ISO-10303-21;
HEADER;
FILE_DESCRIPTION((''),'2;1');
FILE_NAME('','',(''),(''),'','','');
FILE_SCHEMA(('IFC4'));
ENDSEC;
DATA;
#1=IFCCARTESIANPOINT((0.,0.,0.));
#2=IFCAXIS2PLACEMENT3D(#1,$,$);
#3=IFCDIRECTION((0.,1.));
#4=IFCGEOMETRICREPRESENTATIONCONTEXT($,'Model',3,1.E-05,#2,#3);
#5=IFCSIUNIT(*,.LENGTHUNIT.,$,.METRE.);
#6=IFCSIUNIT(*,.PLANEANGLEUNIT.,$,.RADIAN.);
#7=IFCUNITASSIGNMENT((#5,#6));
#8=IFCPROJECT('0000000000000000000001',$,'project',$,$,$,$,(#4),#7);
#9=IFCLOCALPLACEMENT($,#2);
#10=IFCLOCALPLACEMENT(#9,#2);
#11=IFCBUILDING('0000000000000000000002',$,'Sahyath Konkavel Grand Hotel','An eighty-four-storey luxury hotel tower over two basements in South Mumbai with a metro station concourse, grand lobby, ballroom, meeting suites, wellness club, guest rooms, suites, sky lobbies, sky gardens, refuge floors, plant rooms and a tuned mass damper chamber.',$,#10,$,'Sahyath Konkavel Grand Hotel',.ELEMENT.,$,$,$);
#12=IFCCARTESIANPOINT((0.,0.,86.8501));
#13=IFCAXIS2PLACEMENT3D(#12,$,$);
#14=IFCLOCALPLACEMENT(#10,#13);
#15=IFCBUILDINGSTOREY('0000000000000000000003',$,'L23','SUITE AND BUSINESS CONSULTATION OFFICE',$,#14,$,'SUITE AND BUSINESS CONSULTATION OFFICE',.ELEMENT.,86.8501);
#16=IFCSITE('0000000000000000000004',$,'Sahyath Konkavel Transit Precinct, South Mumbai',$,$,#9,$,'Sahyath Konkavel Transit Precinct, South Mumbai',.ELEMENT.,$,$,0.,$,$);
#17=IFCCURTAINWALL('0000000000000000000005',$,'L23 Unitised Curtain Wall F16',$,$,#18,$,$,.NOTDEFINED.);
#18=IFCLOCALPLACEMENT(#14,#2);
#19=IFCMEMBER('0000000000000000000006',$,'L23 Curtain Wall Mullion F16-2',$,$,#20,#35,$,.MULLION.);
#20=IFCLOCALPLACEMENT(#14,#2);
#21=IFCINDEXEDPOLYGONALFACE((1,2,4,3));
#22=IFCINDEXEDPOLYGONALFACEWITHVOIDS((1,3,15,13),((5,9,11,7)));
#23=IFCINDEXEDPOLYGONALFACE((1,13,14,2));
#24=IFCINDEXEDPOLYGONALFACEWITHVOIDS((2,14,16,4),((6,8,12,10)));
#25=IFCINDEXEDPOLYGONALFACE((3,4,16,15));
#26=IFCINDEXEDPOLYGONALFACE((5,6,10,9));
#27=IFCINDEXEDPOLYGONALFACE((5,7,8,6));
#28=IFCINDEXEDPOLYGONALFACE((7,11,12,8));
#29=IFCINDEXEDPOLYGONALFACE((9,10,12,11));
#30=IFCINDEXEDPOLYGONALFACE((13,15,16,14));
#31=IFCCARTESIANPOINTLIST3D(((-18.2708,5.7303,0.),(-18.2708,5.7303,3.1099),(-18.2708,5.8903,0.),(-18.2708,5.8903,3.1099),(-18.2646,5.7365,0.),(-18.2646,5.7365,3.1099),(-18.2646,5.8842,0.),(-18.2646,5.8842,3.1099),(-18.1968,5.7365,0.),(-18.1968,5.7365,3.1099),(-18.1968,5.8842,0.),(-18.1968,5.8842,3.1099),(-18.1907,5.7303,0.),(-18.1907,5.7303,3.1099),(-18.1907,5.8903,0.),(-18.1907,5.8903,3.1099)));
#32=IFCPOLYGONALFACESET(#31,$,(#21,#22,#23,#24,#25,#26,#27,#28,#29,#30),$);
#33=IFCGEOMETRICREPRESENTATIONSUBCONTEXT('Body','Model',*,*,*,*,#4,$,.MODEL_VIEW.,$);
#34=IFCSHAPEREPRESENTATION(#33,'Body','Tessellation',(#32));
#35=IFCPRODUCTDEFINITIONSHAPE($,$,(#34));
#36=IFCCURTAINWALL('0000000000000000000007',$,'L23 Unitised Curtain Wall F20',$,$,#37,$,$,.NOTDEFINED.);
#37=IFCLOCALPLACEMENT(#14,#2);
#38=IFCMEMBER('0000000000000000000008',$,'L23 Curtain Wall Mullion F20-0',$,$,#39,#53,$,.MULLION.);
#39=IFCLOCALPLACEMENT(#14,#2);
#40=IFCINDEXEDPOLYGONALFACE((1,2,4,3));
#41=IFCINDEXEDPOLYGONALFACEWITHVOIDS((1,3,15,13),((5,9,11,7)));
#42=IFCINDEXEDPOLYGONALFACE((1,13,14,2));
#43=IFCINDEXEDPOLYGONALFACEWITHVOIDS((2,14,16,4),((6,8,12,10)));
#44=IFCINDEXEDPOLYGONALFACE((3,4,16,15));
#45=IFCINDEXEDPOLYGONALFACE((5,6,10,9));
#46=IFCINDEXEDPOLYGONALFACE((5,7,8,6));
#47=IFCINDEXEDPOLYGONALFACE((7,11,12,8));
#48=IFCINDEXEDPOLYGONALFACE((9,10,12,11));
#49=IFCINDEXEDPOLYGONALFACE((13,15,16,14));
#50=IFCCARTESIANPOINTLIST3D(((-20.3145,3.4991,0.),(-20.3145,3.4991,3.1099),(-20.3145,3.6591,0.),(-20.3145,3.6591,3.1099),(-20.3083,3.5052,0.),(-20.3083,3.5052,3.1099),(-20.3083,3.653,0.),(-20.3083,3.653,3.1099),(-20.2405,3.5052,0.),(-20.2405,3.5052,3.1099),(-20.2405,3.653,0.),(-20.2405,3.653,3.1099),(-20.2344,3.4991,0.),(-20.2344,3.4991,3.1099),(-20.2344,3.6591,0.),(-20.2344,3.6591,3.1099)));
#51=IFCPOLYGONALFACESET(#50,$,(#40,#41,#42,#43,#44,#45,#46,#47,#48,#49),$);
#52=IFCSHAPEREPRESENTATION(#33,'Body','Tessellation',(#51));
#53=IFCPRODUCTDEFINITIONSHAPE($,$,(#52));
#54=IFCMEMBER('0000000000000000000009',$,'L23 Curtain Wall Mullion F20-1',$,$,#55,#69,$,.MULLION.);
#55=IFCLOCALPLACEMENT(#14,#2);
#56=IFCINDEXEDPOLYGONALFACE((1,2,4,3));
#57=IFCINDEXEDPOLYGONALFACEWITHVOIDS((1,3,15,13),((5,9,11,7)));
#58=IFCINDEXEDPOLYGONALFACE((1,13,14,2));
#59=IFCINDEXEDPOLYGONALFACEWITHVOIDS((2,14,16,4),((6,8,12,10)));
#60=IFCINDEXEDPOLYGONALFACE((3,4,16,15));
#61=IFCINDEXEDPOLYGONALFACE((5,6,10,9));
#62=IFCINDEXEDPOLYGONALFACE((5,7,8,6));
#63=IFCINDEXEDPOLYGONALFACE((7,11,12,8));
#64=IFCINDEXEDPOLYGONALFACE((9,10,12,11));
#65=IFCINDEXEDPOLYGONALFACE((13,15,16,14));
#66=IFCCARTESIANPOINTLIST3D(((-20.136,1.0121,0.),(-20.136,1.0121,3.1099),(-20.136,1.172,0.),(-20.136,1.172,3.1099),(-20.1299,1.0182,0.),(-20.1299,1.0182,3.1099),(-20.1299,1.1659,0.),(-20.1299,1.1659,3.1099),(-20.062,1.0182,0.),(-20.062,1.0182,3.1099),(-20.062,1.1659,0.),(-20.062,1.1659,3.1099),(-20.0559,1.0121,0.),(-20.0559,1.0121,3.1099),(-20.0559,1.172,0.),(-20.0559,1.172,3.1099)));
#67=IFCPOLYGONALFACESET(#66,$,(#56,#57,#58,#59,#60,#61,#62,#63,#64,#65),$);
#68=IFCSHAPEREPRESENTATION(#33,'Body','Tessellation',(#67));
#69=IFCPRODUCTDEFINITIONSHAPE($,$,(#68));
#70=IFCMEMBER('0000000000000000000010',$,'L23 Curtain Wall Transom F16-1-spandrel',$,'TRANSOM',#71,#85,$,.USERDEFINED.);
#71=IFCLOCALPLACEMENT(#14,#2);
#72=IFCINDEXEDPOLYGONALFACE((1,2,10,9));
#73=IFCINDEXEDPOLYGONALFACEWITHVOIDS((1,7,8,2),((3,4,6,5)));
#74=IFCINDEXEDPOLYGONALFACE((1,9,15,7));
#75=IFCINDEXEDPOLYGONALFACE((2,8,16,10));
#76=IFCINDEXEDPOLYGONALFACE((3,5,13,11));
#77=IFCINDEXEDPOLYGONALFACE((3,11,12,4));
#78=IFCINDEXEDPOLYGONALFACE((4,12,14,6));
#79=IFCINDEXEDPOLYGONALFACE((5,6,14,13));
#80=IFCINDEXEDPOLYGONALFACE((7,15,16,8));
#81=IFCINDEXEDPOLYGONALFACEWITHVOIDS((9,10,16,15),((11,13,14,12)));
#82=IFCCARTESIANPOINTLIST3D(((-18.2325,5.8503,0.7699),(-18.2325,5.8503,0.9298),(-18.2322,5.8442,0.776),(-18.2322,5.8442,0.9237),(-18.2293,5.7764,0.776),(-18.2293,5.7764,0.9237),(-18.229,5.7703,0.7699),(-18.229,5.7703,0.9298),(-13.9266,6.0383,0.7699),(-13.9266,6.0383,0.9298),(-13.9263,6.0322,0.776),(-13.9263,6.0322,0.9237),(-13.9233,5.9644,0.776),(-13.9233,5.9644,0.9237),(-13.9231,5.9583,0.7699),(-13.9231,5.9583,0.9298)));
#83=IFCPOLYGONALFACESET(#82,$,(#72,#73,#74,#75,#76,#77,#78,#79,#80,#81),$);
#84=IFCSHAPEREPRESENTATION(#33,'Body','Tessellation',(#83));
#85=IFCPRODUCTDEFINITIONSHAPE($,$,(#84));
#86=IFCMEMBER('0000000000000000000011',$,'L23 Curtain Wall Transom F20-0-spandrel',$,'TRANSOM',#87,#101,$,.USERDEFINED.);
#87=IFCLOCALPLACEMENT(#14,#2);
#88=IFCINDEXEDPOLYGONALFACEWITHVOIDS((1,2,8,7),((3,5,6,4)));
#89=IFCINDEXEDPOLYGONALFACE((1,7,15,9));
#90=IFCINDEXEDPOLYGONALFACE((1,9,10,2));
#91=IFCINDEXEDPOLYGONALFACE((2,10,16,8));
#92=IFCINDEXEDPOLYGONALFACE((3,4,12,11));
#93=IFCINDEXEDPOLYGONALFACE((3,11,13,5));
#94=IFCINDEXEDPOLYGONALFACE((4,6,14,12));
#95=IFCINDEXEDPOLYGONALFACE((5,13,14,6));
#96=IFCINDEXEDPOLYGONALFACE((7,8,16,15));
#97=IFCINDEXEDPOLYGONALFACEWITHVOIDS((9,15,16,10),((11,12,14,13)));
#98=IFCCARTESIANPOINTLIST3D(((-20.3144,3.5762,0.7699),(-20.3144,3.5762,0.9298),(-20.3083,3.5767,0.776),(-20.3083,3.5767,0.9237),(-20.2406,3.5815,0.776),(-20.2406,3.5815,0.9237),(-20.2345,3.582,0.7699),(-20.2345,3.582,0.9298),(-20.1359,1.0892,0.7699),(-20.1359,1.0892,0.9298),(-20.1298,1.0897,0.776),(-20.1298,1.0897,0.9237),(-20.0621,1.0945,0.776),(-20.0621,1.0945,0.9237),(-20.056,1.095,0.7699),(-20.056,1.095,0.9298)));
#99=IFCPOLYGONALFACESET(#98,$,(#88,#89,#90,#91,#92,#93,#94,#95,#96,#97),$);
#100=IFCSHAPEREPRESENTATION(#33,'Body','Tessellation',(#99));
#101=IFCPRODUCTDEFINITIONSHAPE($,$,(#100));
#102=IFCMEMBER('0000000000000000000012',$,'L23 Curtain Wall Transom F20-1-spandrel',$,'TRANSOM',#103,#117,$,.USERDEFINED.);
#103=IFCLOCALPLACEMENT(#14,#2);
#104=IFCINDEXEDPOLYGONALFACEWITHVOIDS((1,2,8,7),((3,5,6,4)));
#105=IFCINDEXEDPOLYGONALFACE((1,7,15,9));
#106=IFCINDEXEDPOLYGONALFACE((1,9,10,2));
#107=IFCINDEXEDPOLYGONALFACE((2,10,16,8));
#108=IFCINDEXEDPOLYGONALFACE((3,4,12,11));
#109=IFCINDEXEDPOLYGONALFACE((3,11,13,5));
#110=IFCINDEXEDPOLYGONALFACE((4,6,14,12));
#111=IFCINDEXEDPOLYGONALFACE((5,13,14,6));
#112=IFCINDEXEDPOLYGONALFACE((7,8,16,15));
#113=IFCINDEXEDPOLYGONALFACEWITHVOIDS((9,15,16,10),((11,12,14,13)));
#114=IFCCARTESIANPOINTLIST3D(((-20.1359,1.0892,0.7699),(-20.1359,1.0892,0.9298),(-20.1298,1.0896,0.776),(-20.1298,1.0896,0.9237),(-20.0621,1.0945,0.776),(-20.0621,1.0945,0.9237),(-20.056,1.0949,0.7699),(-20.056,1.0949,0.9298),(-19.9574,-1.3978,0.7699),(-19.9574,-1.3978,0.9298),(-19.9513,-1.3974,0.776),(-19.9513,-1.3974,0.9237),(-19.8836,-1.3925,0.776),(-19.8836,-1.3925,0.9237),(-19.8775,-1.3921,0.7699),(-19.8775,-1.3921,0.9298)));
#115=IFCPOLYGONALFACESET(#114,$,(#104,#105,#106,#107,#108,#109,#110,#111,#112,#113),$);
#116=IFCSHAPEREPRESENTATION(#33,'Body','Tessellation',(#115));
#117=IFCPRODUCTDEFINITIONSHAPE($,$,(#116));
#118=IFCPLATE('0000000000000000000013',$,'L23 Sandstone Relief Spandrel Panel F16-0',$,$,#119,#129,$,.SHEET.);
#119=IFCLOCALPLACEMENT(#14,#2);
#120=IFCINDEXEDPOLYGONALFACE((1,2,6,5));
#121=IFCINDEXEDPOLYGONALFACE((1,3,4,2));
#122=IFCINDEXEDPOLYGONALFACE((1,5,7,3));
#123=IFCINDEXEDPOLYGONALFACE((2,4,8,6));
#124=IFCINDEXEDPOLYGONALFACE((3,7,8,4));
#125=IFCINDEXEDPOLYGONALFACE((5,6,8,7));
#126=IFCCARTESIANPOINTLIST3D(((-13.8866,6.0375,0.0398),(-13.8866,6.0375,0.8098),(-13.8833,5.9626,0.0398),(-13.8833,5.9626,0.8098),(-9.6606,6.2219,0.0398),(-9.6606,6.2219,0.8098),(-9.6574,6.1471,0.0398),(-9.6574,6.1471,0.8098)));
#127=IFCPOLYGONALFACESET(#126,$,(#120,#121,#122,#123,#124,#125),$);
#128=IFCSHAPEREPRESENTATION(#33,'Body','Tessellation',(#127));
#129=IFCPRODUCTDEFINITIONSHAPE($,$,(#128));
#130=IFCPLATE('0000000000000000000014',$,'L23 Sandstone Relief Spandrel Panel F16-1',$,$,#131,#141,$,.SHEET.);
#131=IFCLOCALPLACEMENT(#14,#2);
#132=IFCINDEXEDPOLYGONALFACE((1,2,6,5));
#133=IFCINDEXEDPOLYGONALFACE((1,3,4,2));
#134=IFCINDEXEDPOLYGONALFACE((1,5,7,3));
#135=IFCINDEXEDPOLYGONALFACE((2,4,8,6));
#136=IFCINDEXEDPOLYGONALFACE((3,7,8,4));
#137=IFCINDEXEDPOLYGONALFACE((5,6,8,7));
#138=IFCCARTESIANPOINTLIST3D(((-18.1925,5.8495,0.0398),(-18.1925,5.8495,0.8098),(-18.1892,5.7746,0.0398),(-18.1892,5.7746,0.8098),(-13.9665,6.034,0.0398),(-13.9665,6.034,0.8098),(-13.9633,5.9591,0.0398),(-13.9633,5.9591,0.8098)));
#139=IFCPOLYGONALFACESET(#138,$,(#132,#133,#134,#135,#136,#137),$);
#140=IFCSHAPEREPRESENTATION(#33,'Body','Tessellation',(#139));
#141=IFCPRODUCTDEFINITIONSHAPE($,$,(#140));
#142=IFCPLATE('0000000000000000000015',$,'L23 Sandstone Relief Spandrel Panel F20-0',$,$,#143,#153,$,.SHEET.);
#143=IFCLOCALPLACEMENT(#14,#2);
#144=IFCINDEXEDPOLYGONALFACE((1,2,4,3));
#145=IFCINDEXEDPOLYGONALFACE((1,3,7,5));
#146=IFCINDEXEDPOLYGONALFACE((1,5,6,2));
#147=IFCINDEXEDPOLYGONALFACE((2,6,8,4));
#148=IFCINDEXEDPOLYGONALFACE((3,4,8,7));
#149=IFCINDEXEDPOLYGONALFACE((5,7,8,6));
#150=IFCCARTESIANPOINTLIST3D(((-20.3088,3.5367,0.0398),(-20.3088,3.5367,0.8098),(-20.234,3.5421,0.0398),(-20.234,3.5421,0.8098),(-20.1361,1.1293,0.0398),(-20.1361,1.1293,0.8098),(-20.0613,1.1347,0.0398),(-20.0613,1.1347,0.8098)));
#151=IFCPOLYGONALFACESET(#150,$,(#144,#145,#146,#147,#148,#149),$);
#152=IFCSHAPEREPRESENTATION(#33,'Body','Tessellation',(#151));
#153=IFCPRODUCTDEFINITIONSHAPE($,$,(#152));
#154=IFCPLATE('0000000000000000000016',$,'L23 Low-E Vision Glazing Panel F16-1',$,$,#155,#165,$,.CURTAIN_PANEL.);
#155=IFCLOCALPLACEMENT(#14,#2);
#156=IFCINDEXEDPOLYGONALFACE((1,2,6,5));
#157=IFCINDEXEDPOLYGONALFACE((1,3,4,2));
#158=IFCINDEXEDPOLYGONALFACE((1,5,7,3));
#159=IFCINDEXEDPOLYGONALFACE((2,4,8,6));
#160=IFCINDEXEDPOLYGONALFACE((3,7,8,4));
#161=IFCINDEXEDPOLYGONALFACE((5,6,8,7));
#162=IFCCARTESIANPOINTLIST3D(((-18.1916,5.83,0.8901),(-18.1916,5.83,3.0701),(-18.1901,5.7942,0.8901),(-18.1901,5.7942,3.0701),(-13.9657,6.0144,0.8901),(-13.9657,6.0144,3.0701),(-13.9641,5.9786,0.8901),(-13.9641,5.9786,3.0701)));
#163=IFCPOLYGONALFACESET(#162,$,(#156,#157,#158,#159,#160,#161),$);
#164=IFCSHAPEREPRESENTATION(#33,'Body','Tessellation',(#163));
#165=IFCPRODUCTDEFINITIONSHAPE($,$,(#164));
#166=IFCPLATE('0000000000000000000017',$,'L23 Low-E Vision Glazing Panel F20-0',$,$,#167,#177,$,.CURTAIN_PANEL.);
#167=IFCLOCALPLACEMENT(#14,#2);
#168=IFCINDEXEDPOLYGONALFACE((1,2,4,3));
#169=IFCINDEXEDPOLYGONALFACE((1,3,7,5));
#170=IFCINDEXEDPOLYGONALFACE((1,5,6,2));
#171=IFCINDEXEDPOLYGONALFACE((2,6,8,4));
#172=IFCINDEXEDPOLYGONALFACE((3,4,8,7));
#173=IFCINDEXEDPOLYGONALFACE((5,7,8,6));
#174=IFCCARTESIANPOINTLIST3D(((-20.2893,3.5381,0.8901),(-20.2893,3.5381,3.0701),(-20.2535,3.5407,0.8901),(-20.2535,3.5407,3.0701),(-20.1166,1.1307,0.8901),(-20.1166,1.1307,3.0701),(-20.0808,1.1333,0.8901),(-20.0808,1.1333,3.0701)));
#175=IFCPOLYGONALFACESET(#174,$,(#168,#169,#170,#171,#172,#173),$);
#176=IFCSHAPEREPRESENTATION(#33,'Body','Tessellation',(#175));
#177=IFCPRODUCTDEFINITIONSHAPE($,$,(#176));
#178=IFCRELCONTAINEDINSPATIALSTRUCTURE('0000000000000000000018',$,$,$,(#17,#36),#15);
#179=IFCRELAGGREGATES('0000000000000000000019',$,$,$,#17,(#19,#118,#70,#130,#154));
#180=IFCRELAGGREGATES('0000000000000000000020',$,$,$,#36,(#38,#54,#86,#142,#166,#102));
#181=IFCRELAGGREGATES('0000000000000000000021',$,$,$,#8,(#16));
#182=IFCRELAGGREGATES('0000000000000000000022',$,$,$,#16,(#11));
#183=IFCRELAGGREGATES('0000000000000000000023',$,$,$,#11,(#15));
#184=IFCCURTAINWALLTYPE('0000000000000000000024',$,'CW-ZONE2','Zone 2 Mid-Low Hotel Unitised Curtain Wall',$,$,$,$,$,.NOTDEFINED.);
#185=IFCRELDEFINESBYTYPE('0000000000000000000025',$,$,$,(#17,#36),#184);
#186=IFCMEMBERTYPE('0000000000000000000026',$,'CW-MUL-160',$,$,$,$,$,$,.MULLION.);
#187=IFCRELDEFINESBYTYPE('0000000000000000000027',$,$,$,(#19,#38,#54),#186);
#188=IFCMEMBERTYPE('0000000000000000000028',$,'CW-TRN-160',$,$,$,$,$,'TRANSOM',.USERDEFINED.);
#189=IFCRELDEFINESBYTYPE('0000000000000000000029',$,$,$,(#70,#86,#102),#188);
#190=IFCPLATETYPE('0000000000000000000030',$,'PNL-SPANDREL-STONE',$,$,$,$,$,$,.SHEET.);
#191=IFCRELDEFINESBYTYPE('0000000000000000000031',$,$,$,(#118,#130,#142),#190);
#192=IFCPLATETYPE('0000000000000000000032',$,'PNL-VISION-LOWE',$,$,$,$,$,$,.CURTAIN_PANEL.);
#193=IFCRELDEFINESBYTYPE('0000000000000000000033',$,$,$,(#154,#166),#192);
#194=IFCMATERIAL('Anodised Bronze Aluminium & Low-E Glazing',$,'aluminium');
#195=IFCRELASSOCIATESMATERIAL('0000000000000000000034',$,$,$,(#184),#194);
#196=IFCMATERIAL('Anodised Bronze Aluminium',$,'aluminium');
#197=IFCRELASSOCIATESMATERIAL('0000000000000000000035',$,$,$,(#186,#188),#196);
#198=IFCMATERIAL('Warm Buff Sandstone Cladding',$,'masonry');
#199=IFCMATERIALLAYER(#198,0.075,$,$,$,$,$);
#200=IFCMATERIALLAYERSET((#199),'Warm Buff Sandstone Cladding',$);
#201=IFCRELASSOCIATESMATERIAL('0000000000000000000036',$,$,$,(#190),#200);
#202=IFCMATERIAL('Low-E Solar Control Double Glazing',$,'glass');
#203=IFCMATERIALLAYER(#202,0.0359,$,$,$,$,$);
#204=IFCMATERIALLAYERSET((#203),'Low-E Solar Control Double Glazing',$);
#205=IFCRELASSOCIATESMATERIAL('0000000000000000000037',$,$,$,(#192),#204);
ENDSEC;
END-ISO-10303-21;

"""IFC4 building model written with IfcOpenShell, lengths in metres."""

from ifc_helpers import new_model, si_unit, direction, frame, origin, origin_2d, place, context, subcontext, project, spatial, rectangle, hollow_rectangle, extrude, source, transform, mapped, material, layer, layer_set, material_profile, profile_set, type_object, element, aggregate, save


model = new_model("IFC4")

# Units and contexts
model_context = context("Model", 3, precision=1e-05, world=origin(), true_north=direction((0.0, 1.0)))
body_context = subcontext(model_context, "Body", "Model", "MODEL_VIEW")
ifc_project = project(units=[si_unit("LENGTHUNIT", "METRE"), si_unit("PLANEANGLEUNIT", "RADIAN")], contexts=[model_context])

# Site, building, storey
site_placement = place(None, origin())
site = spatial("IfcSite", under=ifc_project, at=site_placement, Name="Sahyath Konkavel Transit Precinct, South Mumbai", LongName="Sahyath Konkavel Transit Precinct, South Mumbai", CompositionType="ELEMENT", RefElevation=0.0)
building_placement = place(site_placement, origin())
building = spatial("IfcBuilding", under=site, at=building_placement, Name="Sahyath Konkavel Grand Hotel", Description="An eighty-four-storey luxury hotel tower over two basements in South Mumbai with a metro station concourse, grand lobby, ballroom, meeting suites, wellness club, guest rooms, suites, sky lobbies, sky gardens, refuge floors, plant rooms and a tuned mass damper chamber.", LongName="Sahyath Konkavel Grand Hotel", CompositionType="ELEMENT")
storey_placement = place(building_placement, frame((0.0, 0.0, 86.8501)))
storey = spatial("IfcBuildingStorey", under=building, at=storey_placement, Name="L23", Description="SUITE AND BUSINESS CONSULTATION OFFICE", LongName="SUITE AND BUSINESS CONSULTATION OFFICE", CompositionType="ELEMENT", Elevation=86.8501)

# Curtain walls, members
ifc_material_1 = material(Name="Anodised Bronze Aluminium & Low-E Glazing", Category="aluminium")
curtain_wall_type = type_object("IfcCurtainWallType", Name="CW-ZONE2", Description="Zone 2 Mid-Low Hotel Unitised Curtain Wall", PredefinedType="NOTDEFINED", material=ifc_material_1)
curtain_wall_1_placement = place(storey_placement, origin())
curtain_wall_1 = element("IfcCurtainWall", 1, at=curtain_wall_1_placement, inside=storey, type_object=curtain_wall_type, Name="L23 Unitised Curtain Wall F16", PredefinedType="NOTDEFINED")
ifc_material_2 = material(Name="Anodised Bronze Aluminium", Category="aluminium")
ifc_material_profile_1 = material_profile(ifc_material_2, hollow_rectangle(XDim=0.0801, YDim=0.1599, WallThickness=0.0061, at=origin_2d()), Name="RHS 160x80x6")
ifc_profile_set_1 = profile_set([ifc_material_profile_1], Name="Anodised Bronze Aluminium")
member_type_1 = type_object("IfcMemberType", Name="CW-MUL-160", PredefinedType="MULLION", material=ifc_profile_set_1)
shared_shape_1 = source(origin(), body_context, "Body", "SweptSolid", [
    extrude(hollow_rectangle(XDim=0.0801, YDim=0.1599, WallThickness=0.0061, at=origin_2d()), origin(), (0.0, 0.0, 1.0), 3.1099),
])
member_1_placement = place(storey_placement, frame((-18.2307, 5.8103, 0.0), z_axis=(0.0, 0.0, 1.0), x_axis=(1.0, 0.0, 0.0)))
member_1 = element("IfcMember", 2, at=member_1_placement, type_object=member_type_1, Name="L23 Curtain Wall Mullion F16-2", PredefinedType="MULLION", context=body_context, shape_type="MappedRepresentation", body=[
    mapped(shared_shape_1, transform((0.0, 0.0, 0.0), scale=1.0)),
])
curtain_wall_2_placement = place(storey_placement, origin())
curtain_wall_2 = element("IfcCurtainWall", 3, at=curtain_wall_2_placement, inside=storey, type_object=curtain_wall_type, Name="L23 Unitised Curtain Wall F20", PredefinedType="NOTDEFINED")
member_2_placement = place(storey_placement, frame((-20.2744, 3.5791, 0.0), z_axis=(0.0, 0.0, 1.0), x_axis=(1.0, 0.0, 0.0)))
member_2 = element("IfcMember", 4, at=member_2_placement, type_object=member_type_1, Name="L23 Curtain Wall Mullion F20-0", PredefinedType="MULLION", context=body_context, shape_type="MappedRepresentation", body=[
    mapped(shared_shape_1, transform((0.0, 0.0, 0.0), scale=1.0)),
])
member_3_placement = place(storey_placement, frame((-20.0959, 1.092, 0.0), z_axis=(0.0, 0.0, 1.0), x_axis=(1.0, 0.0, 0.0)))
member_3 = element("IfcMember", 5, at=member_3_placement, type_object=member_type_1, Name="L23 Curtain Wall Mullion F20-1", PredefinedType="MULLION", context=body_context, shape_type="MappedRepresentation", body=[
    mapped(shared_shape_1, transform((0.0, 0.0, 0.0), scale=1.0)),
])

# Members
ifc_material_profile_2 = material_profile(ifc_material_2, hollow_rectangle(XDim=0.0801, YDim=0.1599, WallThickness=0.0061, at=origin_2d()), Name="RHS 160x80x6")
ifc_profile_set_2 = profile_set([ifc_material_profile_2], Name="Anodised Bronze Aluminium")
member_type_2 = type_object("IfcMemberType", Name="CW-TRN-160", ElementType="TRANSOM", PredefinedType="USERDEFINED", material=ifc_profile_set_2)
shared_shape_2 = source(origin(), body_context, "Body", "SweptSolid", [
    extrude(hollow_rectangle(XDim=0.0801, YDim=0.1599, WallThickness=0.0061, at=origin_2d()), origin(), (0.0, 0.0, 1.0), 4.3101),
])
member_4_placement = place(storey_placement, frame((-13.9248, 5.9983, 0.8499), z_axis=(-0.999048, -0.043617, 0.0), x_axis=(0.043617, -0.999048, 0.0)))
member_4 = element("IfcMember", 6, at=member_4_placement, type_object=member_type_2, Name="L23 Curtain Wall Transom F16-1-spandrel", ObjectType="TRANSOM", PredefinedType="USERDEFINED", context=body_context, shape_type="MappedRepresentation", body=[
    mapped(shared_shape_2, transform((0.0, 0.0, 0.0), scale=1.0)),
])
shared_shape_3 = source(origin(), body_context, "Body", "SweptSolid", [
    extrude(hollow_rectangle(XDim=0.0801, YDim=0.1599, WallThickness=0.0061, at=origin_2d()), origin(), (0.0, 0.0, 1.0), 2.4934),
])
member_5_placement = place(storey_placement, frame((-20.2744, 3.5791, 0.8499), z_axis=(0.071574, -0.997435, 0.0), x_axis=(0.997435, 0.071574, 0.0)))
member_5 = element("IfcMember", 7, at=member_5_placement, type_object=member_type_2, Name="L23 Curtain Wall Transom F20-0-spandrel", ObjectType="TRANSOM", PredefinedType="USERDEFINED", context=body_context, shape_type="MappedRepresentation", body=[
    mapped(shared_shape_3, transform((0.0, 0.0, 0.0), scale=1.0)),
])
member_6_placement = place(storey_placement, frame((-20.0959, 1.092, 0.8499), z_axis=(0.071574, -0.997435, 0.0), x_axis=(0.997435, 0.071574, 0.0)))
member_6 = element("IfcMember", 8, at=member_6_placement, type_object=member_type_2, Name="L23 Curtain Wall Transom F20-1-spandrel", ObjectType="TRANSOM", PredefinedType="USERDEFINED", context=body_context, shape_type="MappedRepresentation", body=[
    mapped(shared_shape_3, transform((0.0, 0.0, 0.0), scale=1.0)),
])

# Plates
ifc_material_3 = material(Name="Warm Buff Sandstone Cladding", Category="masonry")
ifc_layer_1 = layer(ifc_material_3, 0.075)
ifc_layer_set_1 = layer_set([ifc_layer_1], Name="Warm Buff Sandstone Cladding")
plate_type_1 = type_object("IfcPlateType", Name="PNL-SPANDREL-STONE", PredefinedType="SHEET", material=ifc_layer_set_1)
shared_shape_4 = source(origin(), body_context, "Body", "SweptSolid", [
    extrude(rectangle(XDim=4.23, YDim=0.075, at=origin_2d()), origin(), (0.0, 0.0, 1.0), 0.77),
])
plate_1_placement = place(storey_placement, frame((-11.772, 6.0923, 0.0398), z_axis=(0.0, 0.0, 1.0), x_axis=(-0.999049, -0.043602, 0.0)))
plate_1 = element("IfcPlate", 9, at=plate_1_placement, type_object=plate_type_1, Name="L23 Sandstone Relief Spandrel Panel F16-0", PredefinedType="SHEET", context=body_context, shape_type="MappedRepresentation", body=[
    mapped(shared_shape_4, transform((0.0, 0.0, 0.0), scale=1.0)),
])
plate_2_placement = place(storey_placement, frame((-16.0779, 5.9043, 0.0398), z_axis=(0.0, 0.0, 1.0), x_axis=(-0.999049, -0.043602, 0.0)))
plate_2 = element("IfcPlate", 10, at=plate_2_placement, type_object=plate_type_1, Name="L23 Sandstone Relief Spandrel Panel F16-1", PredefinedType="SHEET", context=body_context, shape_type="MappedRepresentation", body=[
    mapped(shared_shape_4, transform((0.0, 0.0, 0.0), scale=1.0)),
])
shared_shape_5 = source(origin(), body_context, "Body", "SweptSolid", [
    extrude(rectangle(XDim=2.4136, YDim=0.075, at=origin_2d()), origin(), (0.0, 0.0, 1.0), 0.77),
])
plate_3_placement = place(storey_placement, frame((-20.1851, 2.3357, 0.0398), z_axis=(0.0, 0.0, 1.0), x_axis=(0.071567, -0.997436, 0.0)))
plate_3 = element("IfcPlate", 11, at=plate_3_placement, type_object=plate_type_1, Name="L23 Sandstone Relief Spandrel Panel F20-0", PredefinedType="SHEET", context=body_context, shape_type="MappedRepresentation", body=[
    mapped(shared_shape_5, transform((0.0, 0.0, 0.0), scale=1.0)),
])
ifc_material_4 = material(Name="Low-E Solar Control Double Glazing", Category="glass")
ifc_layer_2 = layer(ifc_material_4, 0.0359)
ifc_layer_set_2 = layer_set([ifc_layer_2], Name="Low-E Solar Control Double Glazing")
plate_type_2 = type_object("IfcPlateType", Name="PNL-VISION-LOWE", PredefinedType="CURTAIN_PANEL", material=ifc_layer_set_2)
shared_shape_6 = source(origin(), body_context, "Body", "SweptSolid", [
    extrude(rectangle(XDim=4.23, YDim=0.0359, at=origin_2d()), origin(), (0.0, 0.0, 1.0), 2.1799),
])
plate_4_placement = place(storey_placement, frame((-16.0779, 5.9043, 0.8901), z_axis=(0.0, 0.0, 1.0), x_axis=(-0.999049, -0.043602, 0.0)))
plate_4 = element("IfcPlate", 12, at=plate_4_placement, type_object=plate_type_2, Name="L23 Low-E Vision Glazing Panel F16-1", PredefinedType="CURTAIN_PANEL", context=body_context, shape_type="MappedRepresentation", body=[
    mapped(shared_shape_6, transform((0.0, 0.0, 0.0), scale=1.0)),
])
aggregate(curtain_wall_1, [member_1, plate_1, member_4, plate_2, plate_4])
shared_shape_7 = source(origin(), body_context, "Body", "SweptSolid", [
    extrude(rectangle(XDim=2.4136, YDim=0.0359, at=origin_2d()), origin(), (0.0, 0.0, 1.0), 2.1799),
])
plate_5_placement = place(storey_placement, frame((-20.1851, 2.3357, 0.8901), z_axis=(0.0, 0.0, 1.0), x_axis=(0.071567, -0.997436, 0.0)))
plate_5 = element("IfcPlate", 13, at=plate_5_placement, type_object=plate_type_2, Name="L23 Low-E Vision Glazing Panel F20-0", PredefinedType="CURTAIN_PANEL", context=body_context, shape_type="MappedRepresentation", body=[
    mapped(shared_shape_7, transform((0.0, 0.0, 0.0), scale=1.0)),
])
aggregate(curtain_wall_2, [member_2, member_3, member_5, plate_3, plate_5, member_6])

save(model, "model.ifc")
